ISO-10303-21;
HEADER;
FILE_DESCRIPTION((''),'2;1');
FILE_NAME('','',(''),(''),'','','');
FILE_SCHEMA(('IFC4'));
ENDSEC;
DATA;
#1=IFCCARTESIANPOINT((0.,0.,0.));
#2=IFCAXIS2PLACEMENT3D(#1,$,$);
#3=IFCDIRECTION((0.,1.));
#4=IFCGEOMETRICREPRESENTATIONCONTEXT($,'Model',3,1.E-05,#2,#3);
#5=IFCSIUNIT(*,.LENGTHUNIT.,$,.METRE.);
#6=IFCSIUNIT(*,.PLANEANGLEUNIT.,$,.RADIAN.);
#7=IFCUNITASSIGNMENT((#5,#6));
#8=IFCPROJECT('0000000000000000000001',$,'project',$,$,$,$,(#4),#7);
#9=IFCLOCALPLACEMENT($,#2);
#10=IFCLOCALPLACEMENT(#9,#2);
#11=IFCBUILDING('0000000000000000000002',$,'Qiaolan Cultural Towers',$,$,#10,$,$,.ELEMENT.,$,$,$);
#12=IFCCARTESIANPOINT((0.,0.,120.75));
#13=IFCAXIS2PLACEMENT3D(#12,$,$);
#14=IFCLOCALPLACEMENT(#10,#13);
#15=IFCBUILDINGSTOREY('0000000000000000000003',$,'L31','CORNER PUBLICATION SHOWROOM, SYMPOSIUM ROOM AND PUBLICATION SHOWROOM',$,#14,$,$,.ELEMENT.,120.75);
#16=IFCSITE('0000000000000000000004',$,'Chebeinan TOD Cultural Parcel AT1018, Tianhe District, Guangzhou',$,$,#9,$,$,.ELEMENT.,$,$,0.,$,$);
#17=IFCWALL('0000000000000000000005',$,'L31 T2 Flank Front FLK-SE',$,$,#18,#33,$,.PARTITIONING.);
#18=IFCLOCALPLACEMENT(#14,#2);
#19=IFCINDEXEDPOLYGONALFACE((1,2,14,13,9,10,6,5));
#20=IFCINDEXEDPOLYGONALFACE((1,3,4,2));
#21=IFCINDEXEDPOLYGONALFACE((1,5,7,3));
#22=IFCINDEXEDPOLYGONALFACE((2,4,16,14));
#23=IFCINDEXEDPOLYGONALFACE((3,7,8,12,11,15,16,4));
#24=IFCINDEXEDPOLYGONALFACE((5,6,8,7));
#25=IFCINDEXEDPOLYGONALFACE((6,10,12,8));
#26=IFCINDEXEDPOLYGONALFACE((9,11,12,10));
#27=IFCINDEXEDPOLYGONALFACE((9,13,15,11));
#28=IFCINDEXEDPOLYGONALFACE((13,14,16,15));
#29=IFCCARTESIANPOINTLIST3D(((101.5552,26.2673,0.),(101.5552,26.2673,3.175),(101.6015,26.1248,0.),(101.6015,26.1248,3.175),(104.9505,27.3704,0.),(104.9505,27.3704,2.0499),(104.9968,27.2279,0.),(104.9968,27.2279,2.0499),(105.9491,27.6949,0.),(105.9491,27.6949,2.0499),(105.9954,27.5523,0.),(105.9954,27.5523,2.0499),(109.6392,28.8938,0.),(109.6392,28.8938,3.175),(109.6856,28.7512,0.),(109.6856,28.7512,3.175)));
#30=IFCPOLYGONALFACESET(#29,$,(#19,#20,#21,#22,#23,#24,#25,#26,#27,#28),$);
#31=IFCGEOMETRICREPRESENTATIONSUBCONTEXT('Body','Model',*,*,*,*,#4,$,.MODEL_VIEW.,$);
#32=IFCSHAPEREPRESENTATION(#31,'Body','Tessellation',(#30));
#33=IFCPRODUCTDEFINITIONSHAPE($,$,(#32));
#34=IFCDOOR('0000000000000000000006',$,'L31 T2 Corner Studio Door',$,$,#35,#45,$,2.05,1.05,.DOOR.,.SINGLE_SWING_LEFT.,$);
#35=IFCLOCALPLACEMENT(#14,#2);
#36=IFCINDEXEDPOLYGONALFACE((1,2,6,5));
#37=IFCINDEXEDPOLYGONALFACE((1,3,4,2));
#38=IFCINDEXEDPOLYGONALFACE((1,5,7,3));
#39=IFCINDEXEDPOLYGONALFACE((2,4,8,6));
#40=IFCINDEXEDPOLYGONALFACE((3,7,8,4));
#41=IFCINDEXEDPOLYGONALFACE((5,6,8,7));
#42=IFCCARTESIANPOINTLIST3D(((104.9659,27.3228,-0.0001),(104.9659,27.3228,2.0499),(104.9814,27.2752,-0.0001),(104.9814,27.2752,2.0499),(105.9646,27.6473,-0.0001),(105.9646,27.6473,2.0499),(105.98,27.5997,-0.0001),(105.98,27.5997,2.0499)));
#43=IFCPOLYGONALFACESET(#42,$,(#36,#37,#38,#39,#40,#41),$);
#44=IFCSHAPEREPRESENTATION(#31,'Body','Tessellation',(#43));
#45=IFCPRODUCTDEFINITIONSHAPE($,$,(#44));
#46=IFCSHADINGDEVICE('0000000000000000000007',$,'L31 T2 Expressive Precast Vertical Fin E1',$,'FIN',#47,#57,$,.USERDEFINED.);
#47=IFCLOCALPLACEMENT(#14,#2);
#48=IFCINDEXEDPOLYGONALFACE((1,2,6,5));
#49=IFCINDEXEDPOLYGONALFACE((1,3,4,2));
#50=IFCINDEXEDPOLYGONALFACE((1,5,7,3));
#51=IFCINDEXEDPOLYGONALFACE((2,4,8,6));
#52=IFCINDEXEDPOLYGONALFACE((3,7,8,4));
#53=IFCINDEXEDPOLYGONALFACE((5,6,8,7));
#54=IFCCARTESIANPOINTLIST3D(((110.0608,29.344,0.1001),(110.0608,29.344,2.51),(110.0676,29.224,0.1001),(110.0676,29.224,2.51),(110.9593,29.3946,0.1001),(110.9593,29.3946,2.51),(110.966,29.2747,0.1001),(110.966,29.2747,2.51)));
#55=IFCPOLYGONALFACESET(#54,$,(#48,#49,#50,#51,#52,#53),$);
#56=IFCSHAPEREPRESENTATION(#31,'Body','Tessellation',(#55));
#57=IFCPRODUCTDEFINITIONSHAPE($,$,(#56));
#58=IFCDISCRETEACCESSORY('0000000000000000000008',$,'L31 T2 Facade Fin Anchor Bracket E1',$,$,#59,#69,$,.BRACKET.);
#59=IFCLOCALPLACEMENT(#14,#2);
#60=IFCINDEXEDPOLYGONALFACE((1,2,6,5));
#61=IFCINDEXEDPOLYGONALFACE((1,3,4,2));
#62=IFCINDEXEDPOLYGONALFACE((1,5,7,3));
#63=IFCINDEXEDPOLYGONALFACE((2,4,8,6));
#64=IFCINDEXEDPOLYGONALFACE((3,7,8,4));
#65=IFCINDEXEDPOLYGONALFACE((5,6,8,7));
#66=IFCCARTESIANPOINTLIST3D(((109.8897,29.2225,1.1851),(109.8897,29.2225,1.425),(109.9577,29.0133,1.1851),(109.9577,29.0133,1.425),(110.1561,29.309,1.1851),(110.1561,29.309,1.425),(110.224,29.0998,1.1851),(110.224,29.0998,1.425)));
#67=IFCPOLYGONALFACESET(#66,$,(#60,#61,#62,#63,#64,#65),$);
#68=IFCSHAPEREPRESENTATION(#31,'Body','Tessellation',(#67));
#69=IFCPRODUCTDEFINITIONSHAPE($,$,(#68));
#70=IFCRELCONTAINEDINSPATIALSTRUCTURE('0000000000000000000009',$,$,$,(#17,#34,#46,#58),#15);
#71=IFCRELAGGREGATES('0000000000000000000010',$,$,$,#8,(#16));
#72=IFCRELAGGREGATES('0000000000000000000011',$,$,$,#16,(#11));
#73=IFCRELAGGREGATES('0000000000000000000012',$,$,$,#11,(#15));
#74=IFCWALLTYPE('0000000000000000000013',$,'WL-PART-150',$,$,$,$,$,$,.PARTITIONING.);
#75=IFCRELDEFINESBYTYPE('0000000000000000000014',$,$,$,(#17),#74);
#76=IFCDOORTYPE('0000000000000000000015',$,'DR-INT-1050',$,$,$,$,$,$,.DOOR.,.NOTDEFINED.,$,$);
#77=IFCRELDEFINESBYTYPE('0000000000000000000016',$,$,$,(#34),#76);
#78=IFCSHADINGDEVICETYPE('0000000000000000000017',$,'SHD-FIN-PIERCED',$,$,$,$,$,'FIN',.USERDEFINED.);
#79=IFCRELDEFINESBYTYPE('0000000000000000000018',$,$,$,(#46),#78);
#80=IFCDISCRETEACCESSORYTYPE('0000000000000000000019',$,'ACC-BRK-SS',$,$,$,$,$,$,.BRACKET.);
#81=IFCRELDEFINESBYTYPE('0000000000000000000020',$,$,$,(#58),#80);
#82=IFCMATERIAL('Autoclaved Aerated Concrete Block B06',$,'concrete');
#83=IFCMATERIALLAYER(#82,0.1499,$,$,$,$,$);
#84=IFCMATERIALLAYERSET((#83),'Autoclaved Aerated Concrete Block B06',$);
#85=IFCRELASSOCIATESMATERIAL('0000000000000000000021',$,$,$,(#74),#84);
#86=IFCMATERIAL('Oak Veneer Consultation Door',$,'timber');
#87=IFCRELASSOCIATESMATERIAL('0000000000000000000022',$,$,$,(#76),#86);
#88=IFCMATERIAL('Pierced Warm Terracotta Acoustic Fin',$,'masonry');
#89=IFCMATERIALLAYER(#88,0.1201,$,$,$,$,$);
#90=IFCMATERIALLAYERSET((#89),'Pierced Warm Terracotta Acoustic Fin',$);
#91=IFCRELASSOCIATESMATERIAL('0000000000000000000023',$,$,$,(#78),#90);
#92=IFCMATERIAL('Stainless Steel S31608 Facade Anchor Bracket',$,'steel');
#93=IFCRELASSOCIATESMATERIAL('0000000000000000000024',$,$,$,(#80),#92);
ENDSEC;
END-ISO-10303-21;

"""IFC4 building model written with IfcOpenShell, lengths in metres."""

from ifc_helpers import new_model, si_unit, direction, frame, frame_2d, origin, origin_2d, place, context, subcontext, project, spatial, rectangle, extrude, material, layer, layer_set, type_object, element, fill, save


model = new_model("IFC4")

# Units and contexts
model_context = context("Model", 3, precision=1e-05, world=origin(), true_north=direction((0.0, 1.0)))
body_context = subcontext(model_context, "Body", "Model", "MODEL_VIEW")
ifc_project = project(units=[si_unit("LENGTHUNIT", "METRE"), si_unit("PLANEANGLEUNIT", "RADIAN")], contexts=[model_context])

# Site, building, storey
site_placement = place(None, origin())
site = spatial("IfcSite", under=ifc_project, at=site_placement, Name="Chebeinan TOD Cultural Parcel AT1018, Tianhe District, Guangzhou", CompositionType="ELEMENT", RefElevation=0.0)
building_placement = place(site_placement, origin())
building = spatial("IfcBuilding", under=site, at=building_placement, Name="Qiaolan Cultural Towers", CompositionType="ELEMENT")
storey_placement = place(building_placement, frame((0.0, 0.0, 120.75)))
storey = spatial("IfcBuildingStorey", under=building, at=storey_placement, Name="L31", Description="CORNER PUBLICATION SHOWROOM, SYMPOSIUM ROOM AND PUBLICATION SHOWROOM", CompositionType="ELEMENT", Elevation=120.75)

# Wall, opening, door
ifc_material_1 = material(Name="Autoclaved Aerated Concrete Block B06", Category="concrete")
ifc_layer_1 = layer(ifc_material_1, 0.1499)
ifc_layer_set_1 = layer_set([ifc_layer_1], Name="Autoclaved Aerated Concrete Block B06")
wall_type_1 = type_object("IfcWallType", Name="WL-PART-150", PredefinedType="PARTITIONING", material=ifc_layer_set_1)
wall_1_placement = place(storey_placement, frame((101.5784, 26.196, 0.0), z_axis=(0.0, 0.0, 1.0), x_axis=(0.951063, 0.308998, 0.0)))
wall_1 = element("IfcWall", 1, at=wall_1_placement, inside=storey, type_object=wall_type_1, Name="L31 T2 Flank Front FLK-SE", PredefinedType="PARTITIONING", context=body_context, shape_type="SweptSolid", body=[
    extrude(rectangle(XDim=8.5, YDim=0.1499, at=frame_2d((4.25, 0.0))), origin(), (0.0, 0.0, 1.0), 3.175),
])
opening_1_placement = place(wall_1_placement, frame((3.5701, 0.0, 0.0)))
opening_1 = element("IfcOpeningElement", 2, at=opening_1_placement, cuts=wall_1, PredefinedType="OPENING", context=body_context, shape_type="SweptSolid", body=[
    extrude(rectangle(XDim=1.05, YDim=2.05, at=frame_2d((0.5249, 1.0249))), frame((0.0, 0.085, 0.0), z_axis=(0.0, -1.0, 0.0), x_axis=(1.0, 0.0, 0.0)), (0.0, 0.0, 1.0), 0.1699),
])
ifc_material_2 = material(Name="Oak Veneer Consultation Door", Category="timber")
door_type_1 = type_object("IfcDoorType", Name="DR-INT-1050", OperationType="NOTDEFINED", PredefinedType="DOOR", material=ifc_material_2)
door_1_placement = place(opening_1_placement, origin())
door_1 = element("IfcDoor", 3, at=door_1_placement, inside=storey, type_object=door_type_1, Name="L31 T2 Corner Studio Door", OperationType="SINGLE_SWING_LEFT", OverallHeight=2.05, OverallWidth=1.05, PredefinedType="DOOR", context=body_context, shape_type="SweptSolid", body=[
    extrude(rectangle(XDim=1.05, YDim=2.05, at=frame_2d((0.5249, 1.0249))), frame((0.0, 0.0249, 0.0), z_axis=(0.0, -1.0, 0.0), x_axis=(1.0, 0.0, 0.0)), (0.0, 0.0, 1.0), 0.05),
])
fill(opening_1, door_1)

# Shading device
ifc_material_3 = material(Name="Pierced Warm Terracotta Acoustic Fin", Category="masonry")
ifc_layer_2 = layer(ifc_material_3, 0.1201)
ifc_layer_set_2 = layer_set([ifc_layer_2], Name="Pierced Warm Terracotta Acoustic Fin")
shading_device_type = type_object("IfcShadingDeviceType", Name="SHD-FIN-PIERCED", ElementType="FIN", PredefinedType="USERDEFINED", material=ifc_layer_set_2)
shading_device_placement = place(storey_placement, frame((110.5134, 29.3093, 0.1001), z_axis=(0.0, 0.0, 1.0), x_axis=(0.998413, 0.056307, 0.0)))
element("IfcShadingDevice", 4, at=shading_device_placement, inside=storey, type_object=shading_device_type, Name="L31 T2 Expressive Precast Vertical Fin E1", ObjectType="FIN", PredefinedType="USERDEFINED", context=body_context, shape_type="SweptSolid", body=[
    extrude(rectangle(XDim=0.8999, YDim=0.1201, at=origin_2d()), origin(), (0.0, 0.0, 1.0), 2.4099),
])

# Discrete accessory
ifc_material_4 = material(Name="Stainless Steel S31608 Facade Anchor Bracket", Category="steel")
discrete_accessory_type = type_object("IfcDiscreteAccessoryType", Name="ACC-BRK-SS", PredefinedType="BRACKET", material=ifc_material_4)
discrete_accessory_placement = place(storey_placement, frame((110.0569, 29.1611, 1.1851), z_axis=(0.0, 0.0, 1.0), x_axis=(0.951057, 0.309017, 0.0)))
element("IfcDiscreteAccessory", 5, at=discrete_accessory_placement, inside=storey, type_object=discrete_accessory_type, Name="L31 T2 Facade Fin Anchor Bracket E1", PredefinedType="BRACKET", context=body_context, shape_type="SweptSolid", body=[
    extrude(rectangle(XDim=0.28, YDim=0.22, at=origin_2d()), origin(), (0.0, 0.0, 1.0), 0.24),
])

save(model, "model.ifc")
